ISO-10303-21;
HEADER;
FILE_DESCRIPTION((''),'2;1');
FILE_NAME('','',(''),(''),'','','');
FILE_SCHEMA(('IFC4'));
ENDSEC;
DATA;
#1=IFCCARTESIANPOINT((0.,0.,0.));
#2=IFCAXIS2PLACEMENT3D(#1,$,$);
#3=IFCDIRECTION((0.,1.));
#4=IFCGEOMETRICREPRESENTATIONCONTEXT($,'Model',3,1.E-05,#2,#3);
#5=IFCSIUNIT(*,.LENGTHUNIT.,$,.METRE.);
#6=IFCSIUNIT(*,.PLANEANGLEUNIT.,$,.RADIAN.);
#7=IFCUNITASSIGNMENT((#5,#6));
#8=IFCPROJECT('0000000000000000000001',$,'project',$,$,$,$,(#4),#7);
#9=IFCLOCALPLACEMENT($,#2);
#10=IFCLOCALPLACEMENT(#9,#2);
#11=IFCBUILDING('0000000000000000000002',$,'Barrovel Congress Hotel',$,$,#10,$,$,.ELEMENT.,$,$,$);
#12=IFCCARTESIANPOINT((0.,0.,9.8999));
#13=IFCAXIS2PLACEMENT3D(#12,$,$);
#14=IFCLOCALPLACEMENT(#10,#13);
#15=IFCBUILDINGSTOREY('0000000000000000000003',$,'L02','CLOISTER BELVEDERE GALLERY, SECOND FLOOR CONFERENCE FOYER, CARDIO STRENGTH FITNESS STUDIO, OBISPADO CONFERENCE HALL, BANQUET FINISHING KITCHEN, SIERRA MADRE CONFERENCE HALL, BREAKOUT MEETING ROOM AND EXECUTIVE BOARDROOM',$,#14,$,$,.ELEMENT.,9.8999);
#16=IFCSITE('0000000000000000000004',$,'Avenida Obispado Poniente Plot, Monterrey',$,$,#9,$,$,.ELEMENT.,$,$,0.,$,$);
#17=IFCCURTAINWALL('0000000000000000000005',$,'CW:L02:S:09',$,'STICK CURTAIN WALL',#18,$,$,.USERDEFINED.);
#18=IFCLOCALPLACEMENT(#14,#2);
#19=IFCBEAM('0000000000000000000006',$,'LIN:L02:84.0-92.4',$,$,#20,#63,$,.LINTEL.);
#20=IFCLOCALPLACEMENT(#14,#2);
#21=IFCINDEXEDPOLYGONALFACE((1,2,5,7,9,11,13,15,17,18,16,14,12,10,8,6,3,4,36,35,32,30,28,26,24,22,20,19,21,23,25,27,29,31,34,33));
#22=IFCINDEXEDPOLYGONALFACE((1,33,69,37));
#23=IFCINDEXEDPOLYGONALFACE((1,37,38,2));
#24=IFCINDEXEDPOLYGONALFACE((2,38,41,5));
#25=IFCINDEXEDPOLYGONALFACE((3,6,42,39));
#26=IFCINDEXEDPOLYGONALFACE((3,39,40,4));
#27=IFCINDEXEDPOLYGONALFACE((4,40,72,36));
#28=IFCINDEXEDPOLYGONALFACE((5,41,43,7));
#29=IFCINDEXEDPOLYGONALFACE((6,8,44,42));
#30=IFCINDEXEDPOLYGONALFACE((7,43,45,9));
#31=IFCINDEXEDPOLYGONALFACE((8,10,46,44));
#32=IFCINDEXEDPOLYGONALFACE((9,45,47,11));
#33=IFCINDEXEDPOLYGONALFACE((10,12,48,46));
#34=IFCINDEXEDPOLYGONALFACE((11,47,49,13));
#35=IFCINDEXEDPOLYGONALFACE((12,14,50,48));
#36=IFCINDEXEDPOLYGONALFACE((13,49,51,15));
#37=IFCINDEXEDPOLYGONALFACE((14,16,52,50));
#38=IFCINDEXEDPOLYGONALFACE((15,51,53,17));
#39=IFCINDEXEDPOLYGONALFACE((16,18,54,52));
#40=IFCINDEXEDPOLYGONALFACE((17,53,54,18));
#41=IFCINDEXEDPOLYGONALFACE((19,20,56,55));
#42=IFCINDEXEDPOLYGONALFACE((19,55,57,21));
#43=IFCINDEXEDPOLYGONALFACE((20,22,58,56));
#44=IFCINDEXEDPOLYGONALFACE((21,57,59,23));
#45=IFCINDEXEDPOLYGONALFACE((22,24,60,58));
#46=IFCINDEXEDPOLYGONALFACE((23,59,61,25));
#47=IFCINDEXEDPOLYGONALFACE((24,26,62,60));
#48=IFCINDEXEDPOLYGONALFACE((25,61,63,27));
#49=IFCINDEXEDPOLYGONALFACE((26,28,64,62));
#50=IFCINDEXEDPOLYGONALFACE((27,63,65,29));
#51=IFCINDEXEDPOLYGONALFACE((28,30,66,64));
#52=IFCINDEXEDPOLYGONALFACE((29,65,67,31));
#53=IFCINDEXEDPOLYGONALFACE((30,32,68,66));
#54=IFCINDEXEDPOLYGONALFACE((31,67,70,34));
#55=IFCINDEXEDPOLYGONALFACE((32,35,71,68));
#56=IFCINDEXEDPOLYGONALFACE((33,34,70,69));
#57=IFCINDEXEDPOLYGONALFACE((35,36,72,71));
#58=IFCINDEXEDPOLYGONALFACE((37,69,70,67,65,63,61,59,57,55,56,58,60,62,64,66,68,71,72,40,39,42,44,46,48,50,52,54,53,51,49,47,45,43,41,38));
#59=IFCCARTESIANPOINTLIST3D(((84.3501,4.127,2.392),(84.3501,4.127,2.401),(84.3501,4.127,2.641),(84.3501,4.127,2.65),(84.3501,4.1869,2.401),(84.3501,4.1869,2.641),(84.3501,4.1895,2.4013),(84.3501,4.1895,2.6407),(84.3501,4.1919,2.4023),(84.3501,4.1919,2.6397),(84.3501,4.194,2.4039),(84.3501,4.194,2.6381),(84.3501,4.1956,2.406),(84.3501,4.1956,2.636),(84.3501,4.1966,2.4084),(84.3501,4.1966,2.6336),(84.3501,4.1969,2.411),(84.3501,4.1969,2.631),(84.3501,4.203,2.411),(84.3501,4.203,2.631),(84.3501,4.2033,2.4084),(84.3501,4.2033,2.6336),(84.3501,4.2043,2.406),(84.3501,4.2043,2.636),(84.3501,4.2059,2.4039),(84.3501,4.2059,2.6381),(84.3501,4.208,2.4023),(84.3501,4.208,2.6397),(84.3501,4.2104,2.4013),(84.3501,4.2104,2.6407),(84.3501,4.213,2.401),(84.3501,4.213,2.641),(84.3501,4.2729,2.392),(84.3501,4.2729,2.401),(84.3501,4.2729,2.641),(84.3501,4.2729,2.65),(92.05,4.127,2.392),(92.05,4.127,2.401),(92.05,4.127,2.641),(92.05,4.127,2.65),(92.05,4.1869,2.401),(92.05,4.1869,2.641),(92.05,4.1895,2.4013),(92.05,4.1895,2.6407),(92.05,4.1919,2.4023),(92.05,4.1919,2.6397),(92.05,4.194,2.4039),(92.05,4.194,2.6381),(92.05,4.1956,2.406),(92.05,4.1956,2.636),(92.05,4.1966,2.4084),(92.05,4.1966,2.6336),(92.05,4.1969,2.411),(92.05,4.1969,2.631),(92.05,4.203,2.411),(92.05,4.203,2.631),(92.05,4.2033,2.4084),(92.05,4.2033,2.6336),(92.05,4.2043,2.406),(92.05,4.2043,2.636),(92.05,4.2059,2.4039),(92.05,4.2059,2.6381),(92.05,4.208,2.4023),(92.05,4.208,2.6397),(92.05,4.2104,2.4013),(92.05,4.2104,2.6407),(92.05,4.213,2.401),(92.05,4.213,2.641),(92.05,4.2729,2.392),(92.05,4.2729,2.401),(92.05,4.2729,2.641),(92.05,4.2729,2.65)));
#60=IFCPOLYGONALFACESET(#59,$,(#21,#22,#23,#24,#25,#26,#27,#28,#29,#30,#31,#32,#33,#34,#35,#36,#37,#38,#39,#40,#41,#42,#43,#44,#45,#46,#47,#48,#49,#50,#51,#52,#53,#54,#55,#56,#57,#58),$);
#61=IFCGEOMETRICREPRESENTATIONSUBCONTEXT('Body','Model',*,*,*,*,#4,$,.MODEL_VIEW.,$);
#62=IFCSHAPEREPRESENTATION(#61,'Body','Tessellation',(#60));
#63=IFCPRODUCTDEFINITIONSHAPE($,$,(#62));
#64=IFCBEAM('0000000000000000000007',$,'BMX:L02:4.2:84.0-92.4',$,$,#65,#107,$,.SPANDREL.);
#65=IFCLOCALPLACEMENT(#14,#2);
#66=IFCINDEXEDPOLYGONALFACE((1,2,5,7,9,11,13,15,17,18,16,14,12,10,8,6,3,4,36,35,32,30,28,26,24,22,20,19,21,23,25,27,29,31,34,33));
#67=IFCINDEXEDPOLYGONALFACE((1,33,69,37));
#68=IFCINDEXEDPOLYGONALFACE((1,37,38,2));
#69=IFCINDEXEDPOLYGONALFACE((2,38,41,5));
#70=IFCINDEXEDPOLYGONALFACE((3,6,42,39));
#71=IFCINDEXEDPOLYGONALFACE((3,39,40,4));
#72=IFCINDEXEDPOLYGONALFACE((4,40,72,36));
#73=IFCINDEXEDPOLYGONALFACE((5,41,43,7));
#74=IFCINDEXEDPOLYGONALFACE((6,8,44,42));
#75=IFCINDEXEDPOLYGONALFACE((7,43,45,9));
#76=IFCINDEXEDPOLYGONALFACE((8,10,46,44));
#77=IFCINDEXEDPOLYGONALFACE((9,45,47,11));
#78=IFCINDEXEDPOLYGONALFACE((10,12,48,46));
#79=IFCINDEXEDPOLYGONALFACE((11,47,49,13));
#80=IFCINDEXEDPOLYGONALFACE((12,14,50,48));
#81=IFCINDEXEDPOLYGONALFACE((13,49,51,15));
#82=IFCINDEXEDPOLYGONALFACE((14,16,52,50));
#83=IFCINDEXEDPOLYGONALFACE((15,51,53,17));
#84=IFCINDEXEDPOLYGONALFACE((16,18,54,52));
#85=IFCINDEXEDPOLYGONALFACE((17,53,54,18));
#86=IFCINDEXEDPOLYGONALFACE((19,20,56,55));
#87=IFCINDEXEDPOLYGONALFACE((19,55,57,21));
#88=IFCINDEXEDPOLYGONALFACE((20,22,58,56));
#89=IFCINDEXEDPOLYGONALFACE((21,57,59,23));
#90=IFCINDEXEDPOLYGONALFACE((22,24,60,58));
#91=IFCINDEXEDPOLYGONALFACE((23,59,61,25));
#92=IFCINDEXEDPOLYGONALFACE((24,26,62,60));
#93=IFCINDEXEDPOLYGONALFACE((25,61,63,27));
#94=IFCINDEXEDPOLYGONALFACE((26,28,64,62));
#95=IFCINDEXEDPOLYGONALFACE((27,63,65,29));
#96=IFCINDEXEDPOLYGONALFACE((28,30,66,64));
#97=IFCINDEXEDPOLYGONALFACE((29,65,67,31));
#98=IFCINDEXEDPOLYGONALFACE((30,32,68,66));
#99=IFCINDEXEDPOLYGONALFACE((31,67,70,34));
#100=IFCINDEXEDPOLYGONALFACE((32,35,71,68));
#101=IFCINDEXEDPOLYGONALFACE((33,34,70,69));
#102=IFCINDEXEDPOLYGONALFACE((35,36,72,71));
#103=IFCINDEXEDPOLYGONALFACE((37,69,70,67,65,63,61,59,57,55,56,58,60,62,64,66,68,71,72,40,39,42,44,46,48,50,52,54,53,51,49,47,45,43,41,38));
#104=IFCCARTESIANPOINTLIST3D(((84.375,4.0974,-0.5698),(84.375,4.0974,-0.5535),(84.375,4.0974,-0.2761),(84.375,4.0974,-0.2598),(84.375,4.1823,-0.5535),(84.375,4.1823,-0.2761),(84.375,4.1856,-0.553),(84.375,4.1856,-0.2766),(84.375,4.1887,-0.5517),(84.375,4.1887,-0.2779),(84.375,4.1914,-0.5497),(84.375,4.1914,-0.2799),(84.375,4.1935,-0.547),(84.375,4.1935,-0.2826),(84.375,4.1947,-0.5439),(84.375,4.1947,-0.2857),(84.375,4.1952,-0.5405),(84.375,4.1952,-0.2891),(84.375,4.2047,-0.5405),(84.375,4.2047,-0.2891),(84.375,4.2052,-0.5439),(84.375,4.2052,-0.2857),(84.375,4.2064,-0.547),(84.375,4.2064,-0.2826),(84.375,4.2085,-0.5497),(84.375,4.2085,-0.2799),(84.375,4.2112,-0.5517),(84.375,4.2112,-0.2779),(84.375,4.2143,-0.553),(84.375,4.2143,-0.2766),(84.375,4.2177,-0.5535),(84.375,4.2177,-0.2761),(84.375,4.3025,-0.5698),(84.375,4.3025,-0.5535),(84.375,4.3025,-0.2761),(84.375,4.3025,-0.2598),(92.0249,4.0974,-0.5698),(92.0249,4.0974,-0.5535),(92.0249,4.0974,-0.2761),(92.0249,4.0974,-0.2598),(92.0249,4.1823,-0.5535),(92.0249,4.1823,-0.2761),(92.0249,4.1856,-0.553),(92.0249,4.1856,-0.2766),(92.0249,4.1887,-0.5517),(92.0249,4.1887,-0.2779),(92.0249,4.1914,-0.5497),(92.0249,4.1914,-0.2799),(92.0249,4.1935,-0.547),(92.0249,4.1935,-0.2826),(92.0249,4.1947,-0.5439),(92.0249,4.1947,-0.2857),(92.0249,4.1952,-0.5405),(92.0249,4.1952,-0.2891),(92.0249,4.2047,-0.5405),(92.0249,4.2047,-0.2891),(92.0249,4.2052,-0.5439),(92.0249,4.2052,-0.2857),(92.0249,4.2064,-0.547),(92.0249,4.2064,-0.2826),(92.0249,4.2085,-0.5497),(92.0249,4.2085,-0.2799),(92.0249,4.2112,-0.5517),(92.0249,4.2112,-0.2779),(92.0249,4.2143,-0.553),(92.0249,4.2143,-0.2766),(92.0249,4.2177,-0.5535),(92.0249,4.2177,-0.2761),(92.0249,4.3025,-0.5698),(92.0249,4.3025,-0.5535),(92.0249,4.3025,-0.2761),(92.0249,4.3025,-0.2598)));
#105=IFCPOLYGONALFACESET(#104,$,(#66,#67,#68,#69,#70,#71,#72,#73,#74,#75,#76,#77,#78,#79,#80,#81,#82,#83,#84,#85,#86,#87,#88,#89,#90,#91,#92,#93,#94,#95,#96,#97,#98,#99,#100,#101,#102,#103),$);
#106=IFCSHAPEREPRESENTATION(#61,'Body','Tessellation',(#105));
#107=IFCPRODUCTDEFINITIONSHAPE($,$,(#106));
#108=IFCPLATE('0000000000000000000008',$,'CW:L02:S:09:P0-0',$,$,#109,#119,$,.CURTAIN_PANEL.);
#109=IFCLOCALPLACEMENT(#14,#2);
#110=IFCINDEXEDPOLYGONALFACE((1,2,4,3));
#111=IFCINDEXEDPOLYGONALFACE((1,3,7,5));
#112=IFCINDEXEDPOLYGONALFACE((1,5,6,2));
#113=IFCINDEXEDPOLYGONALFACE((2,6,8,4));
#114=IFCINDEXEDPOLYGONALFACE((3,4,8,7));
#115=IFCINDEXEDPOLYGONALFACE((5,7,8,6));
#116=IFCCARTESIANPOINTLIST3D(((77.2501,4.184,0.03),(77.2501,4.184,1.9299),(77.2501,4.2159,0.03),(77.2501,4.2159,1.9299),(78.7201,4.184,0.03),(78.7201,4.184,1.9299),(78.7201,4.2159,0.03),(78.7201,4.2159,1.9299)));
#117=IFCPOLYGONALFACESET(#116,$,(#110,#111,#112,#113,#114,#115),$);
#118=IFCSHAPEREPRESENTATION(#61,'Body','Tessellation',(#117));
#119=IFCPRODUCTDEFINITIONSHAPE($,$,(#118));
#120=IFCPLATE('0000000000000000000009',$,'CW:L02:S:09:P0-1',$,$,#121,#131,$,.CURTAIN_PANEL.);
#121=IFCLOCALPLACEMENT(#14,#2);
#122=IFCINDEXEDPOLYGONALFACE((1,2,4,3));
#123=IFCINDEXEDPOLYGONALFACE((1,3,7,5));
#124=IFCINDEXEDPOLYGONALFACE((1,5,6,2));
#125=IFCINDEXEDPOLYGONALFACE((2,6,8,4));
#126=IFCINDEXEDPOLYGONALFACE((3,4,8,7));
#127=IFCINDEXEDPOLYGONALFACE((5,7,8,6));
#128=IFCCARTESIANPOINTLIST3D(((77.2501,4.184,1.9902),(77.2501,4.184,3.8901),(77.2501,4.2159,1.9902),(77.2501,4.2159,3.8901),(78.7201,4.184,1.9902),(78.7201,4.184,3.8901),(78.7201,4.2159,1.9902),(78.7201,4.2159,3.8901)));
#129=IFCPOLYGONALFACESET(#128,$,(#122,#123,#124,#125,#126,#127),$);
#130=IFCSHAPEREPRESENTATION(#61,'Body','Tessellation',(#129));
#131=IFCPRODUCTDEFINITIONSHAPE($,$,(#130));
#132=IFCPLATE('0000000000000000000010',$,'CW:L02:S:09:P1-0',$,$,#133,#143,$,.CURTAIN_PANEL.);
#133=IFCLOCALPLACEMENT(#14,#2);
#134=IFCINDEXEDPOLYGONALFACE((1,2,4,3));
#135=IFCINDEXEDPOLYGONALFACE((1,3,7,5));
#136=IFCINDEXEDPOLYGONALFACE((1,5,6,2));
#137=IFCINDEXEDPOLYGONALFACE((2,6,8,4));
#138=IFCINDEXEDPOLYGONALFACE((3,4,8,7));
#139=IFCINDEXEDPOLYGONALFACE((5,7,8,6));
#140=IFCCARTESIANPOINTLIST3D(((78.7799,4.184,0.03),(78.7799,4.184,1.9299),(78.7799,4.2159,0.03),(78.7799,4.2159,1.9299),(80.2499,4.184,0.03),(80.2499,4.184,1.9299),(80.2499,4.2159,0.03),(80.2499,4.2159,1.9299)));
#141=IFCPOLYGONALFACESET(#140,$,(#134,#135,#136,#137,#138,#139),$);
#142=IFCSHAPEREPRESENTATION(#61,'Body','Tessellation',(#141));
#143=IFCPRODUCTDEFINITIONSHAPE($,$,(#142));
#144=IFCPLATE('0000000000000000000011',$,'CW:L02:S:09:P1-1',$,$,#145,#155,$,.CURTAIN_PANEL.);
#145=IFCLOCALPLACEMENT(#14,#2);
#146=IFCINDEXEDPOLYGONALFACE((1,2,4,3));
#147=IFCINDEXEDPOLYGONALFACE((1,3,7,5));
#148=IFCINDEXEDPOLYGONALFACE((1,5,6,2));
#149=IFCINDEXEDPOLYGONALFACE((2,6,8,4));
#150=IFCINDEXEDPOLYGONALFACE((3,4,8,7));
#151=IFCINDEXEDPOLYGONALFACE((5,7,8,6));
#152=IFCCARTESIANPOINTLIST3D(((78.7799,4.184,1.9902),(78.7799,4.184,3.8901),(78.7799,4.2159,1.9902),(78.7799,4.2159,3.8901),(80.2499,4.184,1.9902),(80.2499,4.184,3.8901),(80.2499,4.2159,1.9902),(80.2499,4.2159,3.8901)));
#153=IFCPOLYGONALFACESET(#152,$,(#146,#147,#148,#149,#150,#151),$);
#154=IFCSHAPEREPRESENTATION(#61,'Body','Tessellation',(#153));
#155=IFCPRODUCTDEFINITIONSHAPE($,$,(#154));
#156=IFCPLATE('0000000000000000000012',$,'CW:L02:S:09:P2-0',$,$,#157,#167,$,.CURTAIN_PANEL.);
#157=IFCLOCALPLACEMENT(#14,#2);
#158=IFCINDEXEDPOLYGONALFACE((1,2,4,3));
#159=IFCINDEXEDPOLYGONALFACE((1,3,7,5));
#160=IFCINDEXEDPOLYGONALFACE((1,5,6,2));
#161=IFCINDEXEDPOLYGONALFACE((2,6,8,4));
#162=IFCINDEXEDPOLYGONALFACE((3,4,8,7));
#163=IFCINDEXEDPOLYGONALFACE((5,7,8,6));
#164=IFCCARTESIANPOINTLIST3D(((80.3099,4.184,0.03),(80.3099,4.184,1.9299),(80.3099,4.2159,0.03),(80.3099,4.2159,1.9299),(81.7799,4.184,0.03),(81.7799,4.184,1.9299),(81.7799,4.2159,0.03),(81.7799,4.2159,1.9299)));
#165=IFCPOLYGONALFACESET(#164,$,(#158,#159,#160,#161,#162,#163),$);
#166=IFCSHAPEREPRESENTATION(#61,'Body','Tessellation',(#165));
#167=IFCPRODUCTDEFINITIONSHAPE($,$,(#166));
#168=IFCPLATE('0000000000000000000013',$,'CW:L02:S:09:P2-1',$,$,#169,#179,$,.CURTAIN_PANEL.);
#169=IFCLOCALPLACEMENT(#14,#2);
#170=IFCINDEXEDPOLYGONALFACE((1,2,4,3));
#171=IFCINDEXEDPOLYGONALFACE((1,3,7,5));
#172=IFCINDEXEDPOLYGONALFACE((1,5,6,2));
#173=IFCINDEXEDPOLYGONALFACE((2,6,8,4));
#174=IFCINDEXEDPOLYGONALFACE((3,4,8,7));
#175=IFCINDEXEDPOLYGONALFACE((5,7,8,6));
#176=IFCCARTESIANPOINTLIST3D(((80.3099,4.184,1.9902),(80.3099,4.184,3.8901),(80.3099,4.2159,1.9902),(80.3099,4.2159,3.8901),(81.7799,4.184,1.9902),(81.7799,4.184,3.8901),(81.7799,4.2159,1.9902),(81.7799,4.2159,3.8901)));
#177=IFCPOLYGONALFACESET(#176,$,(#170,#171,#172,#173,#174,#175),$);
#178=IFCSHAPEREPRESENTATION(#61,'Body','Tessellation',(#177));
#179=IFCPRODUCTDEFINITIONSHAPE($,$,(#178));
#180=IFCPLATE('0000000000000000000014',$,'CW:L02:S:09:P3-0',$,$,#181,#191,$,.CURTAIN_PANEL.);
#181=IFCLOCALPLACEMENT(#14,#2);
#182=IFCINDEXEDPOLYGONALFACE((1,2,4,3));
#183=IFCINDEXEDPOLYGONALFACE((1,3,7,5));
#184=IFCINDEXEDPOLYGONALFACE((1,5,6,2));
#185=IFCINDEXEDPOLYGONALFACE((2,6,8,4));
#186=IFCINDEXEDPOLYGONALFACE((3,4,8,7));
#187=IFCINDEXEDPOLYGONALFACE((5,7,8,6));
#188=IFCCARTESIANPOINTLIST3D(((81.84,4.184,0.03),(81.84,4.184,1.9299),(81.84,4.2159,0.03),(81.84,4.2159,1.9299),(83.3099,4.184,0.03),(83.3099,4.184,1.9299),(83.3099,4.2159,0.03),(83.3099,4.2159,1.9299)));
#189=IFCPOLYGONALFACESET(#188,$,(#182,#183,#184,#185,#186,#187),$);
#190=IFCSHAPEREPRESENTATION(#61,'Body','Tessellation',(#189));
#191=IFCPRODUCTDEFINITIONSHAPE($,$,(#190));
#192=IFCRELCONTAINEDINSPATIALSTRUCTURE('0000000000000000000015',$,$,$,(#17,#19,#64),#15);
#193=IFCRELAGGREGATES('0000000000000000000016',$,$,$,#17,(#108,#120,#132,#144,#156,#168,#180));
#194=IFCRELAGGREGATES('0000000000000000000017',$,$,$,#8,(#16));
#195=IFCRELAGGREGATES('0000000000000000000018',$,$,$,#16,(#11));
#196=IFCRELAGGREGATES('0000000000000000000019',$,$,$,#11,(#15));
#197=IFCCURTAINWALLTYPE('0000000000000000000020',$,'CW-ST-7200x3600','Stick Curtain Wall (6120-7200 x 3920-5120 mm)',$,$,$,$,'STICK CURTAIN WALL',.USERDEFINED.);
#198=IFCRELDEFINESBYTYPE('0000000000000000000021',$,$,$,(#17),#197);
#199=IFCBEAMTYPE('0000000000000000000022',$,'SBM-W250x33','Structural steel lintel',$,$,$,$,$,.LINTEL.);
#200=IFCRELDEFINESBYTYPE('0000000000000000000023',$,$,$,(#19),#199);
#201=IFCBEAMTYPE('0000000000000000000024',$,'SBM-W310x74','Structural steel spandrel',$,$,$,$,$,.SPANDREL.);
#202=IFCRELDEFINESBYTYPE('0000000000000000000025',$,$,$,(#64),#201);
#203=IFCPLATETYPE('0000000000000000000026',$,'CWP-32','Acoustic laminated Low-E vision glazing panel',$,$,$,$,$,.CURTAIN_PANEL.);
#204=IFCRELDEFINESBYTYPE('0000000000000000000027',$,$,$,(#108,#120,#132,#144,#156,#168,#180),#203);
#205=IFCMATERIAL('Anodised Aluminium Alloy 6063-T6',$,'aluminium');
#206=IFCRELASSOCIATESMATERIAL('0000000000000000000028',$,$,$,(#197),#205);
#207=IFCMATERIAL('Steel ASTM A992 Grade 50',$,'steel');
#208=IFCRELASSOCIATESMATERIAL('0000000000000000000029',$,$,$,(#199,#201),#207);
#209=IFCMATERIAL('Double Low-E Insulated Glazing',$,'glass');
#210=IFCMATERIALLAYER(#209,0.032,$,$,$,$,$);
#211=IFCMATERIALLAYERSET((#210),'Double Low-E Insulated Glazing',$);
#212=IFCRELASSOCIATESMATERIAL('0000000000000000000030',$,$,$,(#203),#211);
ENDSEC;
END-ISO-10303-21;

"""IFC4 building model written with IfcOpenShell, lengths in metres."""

from ifc_helpers import new_model, si_unit, direction, frame, origin, origin_2d, place, context, subcontext, project, spatial, rectangle, i_section, extrude, material, layer, layer_set, material_profile, profile_set, type_object, element, aggregate, save


model = new_model("IFC4")

# Units and contexts
model_context = context("Model", 3, precision=1e-05, world=origin(), true_north=direction((0.0, 1.0)))
body_context = subcontext(model_context, "Body", "Model", "MODEL_VIEW")
ifc_project = project(units=[si_unit("LENGTHUNIT", "METRE"), si_unit("PLANEANGLEUNIT", "RADIAN")], contexts=[model_context])

# Site, building, storey
site_placement = place(None, origin())
site = spatial("IfcSite", under=ifc_project, at=site_placement, Name="Avenida Obispado Poniente Plot, Monterrey", CompositionType="ELEMENT", RefElevation=0.0)
building_placement = place(site_placement, origin())
building = spatial("IfcBuilding", under=site, at=building_placement, Name="Barrovel Congress Hotel", CompositionType="ELEMENT")
storey_placement = place(building_placement, frame((0.0, 0.0, 9.8999)))
storey = spatial("IfcBuildingStorey", under=building, at=storey_placement, Name="L02", Description="CLOISTER BELVEDERE GALLERY, SECOND FLOOR CONFERENCE FOYER, CARDIO STRENGTH FITNESS STUDIO, OBISPADO CONFERENCE HALL, BANQUET FINISHING KITCHEN, SIERRA MADRE CONFERENCE HALL, BREAKOUT MEETING ROOM AND EXECUTIVE BOARDROOM", CompositionType="ELEMENT", Elevation=9.8999)

# Curtain wall
ifc_material_1 = material(Name="Anodised Aluminium Alloy 6063-T6", Category="aluminium")
curtain_wall_type = type_object("IfcCurtainWallType", Name="CW-ST-7200x3600", Description="Stick Curtain Wall (6120-7200 x 3920-5120 mm)", ElementType="STICK CURTAIN WALL", PredefinedType="USERDEFINED", material=ifc_material_1)
curtain_wall_placement = place(storey_placement, origin())
curtain_wall = element("IfcCurtainWall", 1, at=curtain_wall_placement, inside=storey, type_object=curtain_wall_type, Name="CW:L02:S:09", ObjectType="STICK CURTAIN WALL", PredefinedType="USERDEFINED")

# Beams
ifc_material_2 = material(Name="Steel ASTM A992 Grade 50", Category="steel")
ifc_material_profile_1 = material_profile(ifc_material_2, i_section(OverallWidth=0.146, OverallDepth=0.2581, WebThickness=0.0061, FlangeThickness=0.009, FilletRadius=0.01, at=origin_2d()), Name="W250x33")
ifc_profile_set_1 = profile_set([ifc_material_profile_1], Name="Steel ASTM A992 Grade 50")
beam_type_1 = type_object("IfcBeamType", Name="SBM-W250x33", Description="Structural steel lintel", PredefinedType="LINTEL", material=ifc_profile_set_1)
beam_1_placement = place(storey_placement, frame((84.3501, 4.2, 2.521), z_axis=(1.0, 0.0, 0.0), x_axis=(0.0, 1.0, 0.0)))
element("IfcBeam", 2, at=beam_1_placement, inside=storey, type_object=beam_type_1, Name="LIN:L02:84.0-92.4", PredefinedType="LINTEL", context=body_context, shape_type="SweptSolid", body=[
    extrude(i_section(OverallWidth=0.146, OverallDepth=0.2581, WebThickness=0.0061, FlangeThickness=0.009, FilletRadius=0.01, at=origin_2d()), origin(), (0.0, 0.0, 1.0), 7.7),
])
ifc_material_profile_2 = material_profile(ifc_material_2, i_section(OverallWidth=0.2051, OverallDepth=0.3101, WebThickness=0.0095, FlangeThickness=0.0164, FilletRadius=0.0129, at=origin_2d()), Name="W310x74")
ifc_profile_set_2 = profile_set([ifc_material_profile_2], Name="Steel ASTM A992 Grade 50")
beam_type_2 = type_object("IfcBeamType", Name="SBM-W310x74", Description="Structural steel spandrel", PredefinedType="SPANDREL", material=ifc_profile_set_2)
beam_2_placement = place(storey_placement, frame((84.375, 4.2, -0.4148), z_axis=(1.0, 0.0, 0.0), x_axis=(0.0, 1.0, 0.0)))
element("IfcBeam", 3, at=beam_2_placement, inside=storey, type_object=beam_type_2, Name="BMX:L02:4.2:84.0-92.4", PredefinedType="SPANDREL", context=body_context, shape_type="SweptSolid", body=[
    extrude(i_section(OverallWidth=0.2051, OverallDepth=0.3101, WebThickness=0.0095, FlangeThickness=0.0164, FilletRadius=0.0129, at=origin_2d()), origin(), (0.0, 0.0, 1.0), 7.6499),
])

# Plates
ifc_material_3 = material(Name="Double Low-E Insulated Glazing", Category="glass")
ifc_layer_1 = layer(ifc_material_3, 0.032)
ifc_layer_set_1 = layer_set([ifc_layer_1], Name="Double Low-E Insulated Glazing")
plate_type = type_object("IfcPlateType", Name="CWP-32", Description="Acoustic laminated Low-E vision glazing panel", PredefinedType="CURTAIN_PANEL", material=ifc_layer_set_1)
plate_1_placement = place(storey_placement, frame((77.9851, 4.2, 0.03), z_axis=(0.0, 0.0, 1.0), x_axis=(1.0, 0.0, 0.0)))
plate_1 = element("IfcPlate", 4, at=plate_1_placement, type_object=plate_type, Name="CW:L02:S:09:P0-0", PredefinedType="CURTAIN_PANEL", context=body_context, shape_type="SweptSolid", body=[
    extrude(rectangle(XDim=1.47, YDim=0.032, at=origin_2d()), origin(), (0.0, 0.0, 1.0), 1.8999),
])
plate_2_placement = place(storey_placement, frame((77.9851, 4.2, 1.9902), z_axis=(0.0, 0.0, 1.0), x_axis=(1.0, 0.0, 0.0)))
plate_2 = element("IfcPlate", 5, at=plate_2_placement, type_object=plate_type, Name="CW:L02:S:09:P0-1", PredefinedType="CURTAIN_PANEL", context=body_context, shape_type="SweptSolid", body=[
    extrude(rectangle(XDim=1.47, YDim=0.032, at=origin_2d()), origin(), (0.0, 0.0, 1.0), 1.8999),
])
plate_3_placement = place(storey_placement, frame((79.5149, 4.2, 0.03), z_axis=(0.0, 0.0, 1.0), x_axis=(1.0, 0.0, 0.0)))
plate_3 = element("IfcPlate", 6, at=plate_3_placement, type_object=plate_type, Name="CW:L02:S:09:P1-0", PredefinedType="CURTAIN_PANEL", context=body_context, shape_type="SweptSolid", body=[
    extrude(rectangle(XDim=1.47, YDim=0.032, at=origin_2d()), origin(), (0.0, 0.0, 1.0), 1.8999),
])
plate_4_placement = place(storey_placement, frame((79.5149, 4.2, 1.9902), z_axis=(0.0, 0.0, 1.0), x_axis=(1.0, 0.0, 0.0)))
plate_4 = element("IfcPlate", 7, at=plate_4_placement, type_object=plate_type, Name="CW:L02:S:09:P1-1", PredefinedType="CURTAIN_PANEL", context=body_context, shape_type="SweptSolid", body=[
    extrude(rectangle(XDim=1.47, YDim=0.032, at=origin_2d()), origin(), (0.0, 0.0, 1.0), 1.8999),
])
plate_5_placement = place(storey_placement, frame((81.0449, 4.2, 0.03), z_axis=(0.0, 0.0, 1.0), x_axis=(1.0, 0.0, 0.0)))
plate_5 = element("IfcPlate", 8, at=plate_5_placement, type_object=plate_type, Name="CW:L02:S:09:P2-0", PredefinedType="CURTAIN_PANEL", context=body_context, shape_type="SweptSolid", body=[
    extrude(rectangle(XDim=1.47, YDim=0.032, at=origin_2d()), origin(), (0.0, 0.0, 1.0), 1.8999),
])
plate_6_placement = place(storey_placement, frame((81.0449, 4.2, 1.9902), z_axis=(0.0, 0.0, 1.0), x_axis=(1.0, 0.0, 0.0)))
plate_6 = element("IfcPlate", 9, at=plate_6_placement, type_object=plate_type, Name="CW:L02:S:09:P2-1", PredefinedType="CURTAIN_PANEL", context=body_context, shape_type="SweptSolid", body=[
    extrude(rectangle(XDim=1.47, YDim=0.032, at=origin_2d()), origin(), (0.0, 0.0, 1.0), 1.8999),
])
plate_7_placement = place(storey_placement, frame((82.575, 4.2, 0.03), z_axis=(0.0, 0.0, 1.0), x_axis=(1.0, 0.0, 0.0)))
plate_7 = element("IfcPlate", 10, at=plate_7_placement, type_object=plate_type, Name="CW:L02:S:09:P3-0", PredefinedType="CURTAIN_PANEL", context=body_context, shape_type="SweptSolid", body=[
    extrude(rectangle(XDim=1.47, YDim=0.032, at=origin_2d()), origin(), (0.0, 0.0, 1.0), 1.8999),
])
aggregate(curtain_wall, [plate_1, plate_2, plate_3, plate_4, plate_5, plate_6, plate_7])

save(model, "model.ifc")
